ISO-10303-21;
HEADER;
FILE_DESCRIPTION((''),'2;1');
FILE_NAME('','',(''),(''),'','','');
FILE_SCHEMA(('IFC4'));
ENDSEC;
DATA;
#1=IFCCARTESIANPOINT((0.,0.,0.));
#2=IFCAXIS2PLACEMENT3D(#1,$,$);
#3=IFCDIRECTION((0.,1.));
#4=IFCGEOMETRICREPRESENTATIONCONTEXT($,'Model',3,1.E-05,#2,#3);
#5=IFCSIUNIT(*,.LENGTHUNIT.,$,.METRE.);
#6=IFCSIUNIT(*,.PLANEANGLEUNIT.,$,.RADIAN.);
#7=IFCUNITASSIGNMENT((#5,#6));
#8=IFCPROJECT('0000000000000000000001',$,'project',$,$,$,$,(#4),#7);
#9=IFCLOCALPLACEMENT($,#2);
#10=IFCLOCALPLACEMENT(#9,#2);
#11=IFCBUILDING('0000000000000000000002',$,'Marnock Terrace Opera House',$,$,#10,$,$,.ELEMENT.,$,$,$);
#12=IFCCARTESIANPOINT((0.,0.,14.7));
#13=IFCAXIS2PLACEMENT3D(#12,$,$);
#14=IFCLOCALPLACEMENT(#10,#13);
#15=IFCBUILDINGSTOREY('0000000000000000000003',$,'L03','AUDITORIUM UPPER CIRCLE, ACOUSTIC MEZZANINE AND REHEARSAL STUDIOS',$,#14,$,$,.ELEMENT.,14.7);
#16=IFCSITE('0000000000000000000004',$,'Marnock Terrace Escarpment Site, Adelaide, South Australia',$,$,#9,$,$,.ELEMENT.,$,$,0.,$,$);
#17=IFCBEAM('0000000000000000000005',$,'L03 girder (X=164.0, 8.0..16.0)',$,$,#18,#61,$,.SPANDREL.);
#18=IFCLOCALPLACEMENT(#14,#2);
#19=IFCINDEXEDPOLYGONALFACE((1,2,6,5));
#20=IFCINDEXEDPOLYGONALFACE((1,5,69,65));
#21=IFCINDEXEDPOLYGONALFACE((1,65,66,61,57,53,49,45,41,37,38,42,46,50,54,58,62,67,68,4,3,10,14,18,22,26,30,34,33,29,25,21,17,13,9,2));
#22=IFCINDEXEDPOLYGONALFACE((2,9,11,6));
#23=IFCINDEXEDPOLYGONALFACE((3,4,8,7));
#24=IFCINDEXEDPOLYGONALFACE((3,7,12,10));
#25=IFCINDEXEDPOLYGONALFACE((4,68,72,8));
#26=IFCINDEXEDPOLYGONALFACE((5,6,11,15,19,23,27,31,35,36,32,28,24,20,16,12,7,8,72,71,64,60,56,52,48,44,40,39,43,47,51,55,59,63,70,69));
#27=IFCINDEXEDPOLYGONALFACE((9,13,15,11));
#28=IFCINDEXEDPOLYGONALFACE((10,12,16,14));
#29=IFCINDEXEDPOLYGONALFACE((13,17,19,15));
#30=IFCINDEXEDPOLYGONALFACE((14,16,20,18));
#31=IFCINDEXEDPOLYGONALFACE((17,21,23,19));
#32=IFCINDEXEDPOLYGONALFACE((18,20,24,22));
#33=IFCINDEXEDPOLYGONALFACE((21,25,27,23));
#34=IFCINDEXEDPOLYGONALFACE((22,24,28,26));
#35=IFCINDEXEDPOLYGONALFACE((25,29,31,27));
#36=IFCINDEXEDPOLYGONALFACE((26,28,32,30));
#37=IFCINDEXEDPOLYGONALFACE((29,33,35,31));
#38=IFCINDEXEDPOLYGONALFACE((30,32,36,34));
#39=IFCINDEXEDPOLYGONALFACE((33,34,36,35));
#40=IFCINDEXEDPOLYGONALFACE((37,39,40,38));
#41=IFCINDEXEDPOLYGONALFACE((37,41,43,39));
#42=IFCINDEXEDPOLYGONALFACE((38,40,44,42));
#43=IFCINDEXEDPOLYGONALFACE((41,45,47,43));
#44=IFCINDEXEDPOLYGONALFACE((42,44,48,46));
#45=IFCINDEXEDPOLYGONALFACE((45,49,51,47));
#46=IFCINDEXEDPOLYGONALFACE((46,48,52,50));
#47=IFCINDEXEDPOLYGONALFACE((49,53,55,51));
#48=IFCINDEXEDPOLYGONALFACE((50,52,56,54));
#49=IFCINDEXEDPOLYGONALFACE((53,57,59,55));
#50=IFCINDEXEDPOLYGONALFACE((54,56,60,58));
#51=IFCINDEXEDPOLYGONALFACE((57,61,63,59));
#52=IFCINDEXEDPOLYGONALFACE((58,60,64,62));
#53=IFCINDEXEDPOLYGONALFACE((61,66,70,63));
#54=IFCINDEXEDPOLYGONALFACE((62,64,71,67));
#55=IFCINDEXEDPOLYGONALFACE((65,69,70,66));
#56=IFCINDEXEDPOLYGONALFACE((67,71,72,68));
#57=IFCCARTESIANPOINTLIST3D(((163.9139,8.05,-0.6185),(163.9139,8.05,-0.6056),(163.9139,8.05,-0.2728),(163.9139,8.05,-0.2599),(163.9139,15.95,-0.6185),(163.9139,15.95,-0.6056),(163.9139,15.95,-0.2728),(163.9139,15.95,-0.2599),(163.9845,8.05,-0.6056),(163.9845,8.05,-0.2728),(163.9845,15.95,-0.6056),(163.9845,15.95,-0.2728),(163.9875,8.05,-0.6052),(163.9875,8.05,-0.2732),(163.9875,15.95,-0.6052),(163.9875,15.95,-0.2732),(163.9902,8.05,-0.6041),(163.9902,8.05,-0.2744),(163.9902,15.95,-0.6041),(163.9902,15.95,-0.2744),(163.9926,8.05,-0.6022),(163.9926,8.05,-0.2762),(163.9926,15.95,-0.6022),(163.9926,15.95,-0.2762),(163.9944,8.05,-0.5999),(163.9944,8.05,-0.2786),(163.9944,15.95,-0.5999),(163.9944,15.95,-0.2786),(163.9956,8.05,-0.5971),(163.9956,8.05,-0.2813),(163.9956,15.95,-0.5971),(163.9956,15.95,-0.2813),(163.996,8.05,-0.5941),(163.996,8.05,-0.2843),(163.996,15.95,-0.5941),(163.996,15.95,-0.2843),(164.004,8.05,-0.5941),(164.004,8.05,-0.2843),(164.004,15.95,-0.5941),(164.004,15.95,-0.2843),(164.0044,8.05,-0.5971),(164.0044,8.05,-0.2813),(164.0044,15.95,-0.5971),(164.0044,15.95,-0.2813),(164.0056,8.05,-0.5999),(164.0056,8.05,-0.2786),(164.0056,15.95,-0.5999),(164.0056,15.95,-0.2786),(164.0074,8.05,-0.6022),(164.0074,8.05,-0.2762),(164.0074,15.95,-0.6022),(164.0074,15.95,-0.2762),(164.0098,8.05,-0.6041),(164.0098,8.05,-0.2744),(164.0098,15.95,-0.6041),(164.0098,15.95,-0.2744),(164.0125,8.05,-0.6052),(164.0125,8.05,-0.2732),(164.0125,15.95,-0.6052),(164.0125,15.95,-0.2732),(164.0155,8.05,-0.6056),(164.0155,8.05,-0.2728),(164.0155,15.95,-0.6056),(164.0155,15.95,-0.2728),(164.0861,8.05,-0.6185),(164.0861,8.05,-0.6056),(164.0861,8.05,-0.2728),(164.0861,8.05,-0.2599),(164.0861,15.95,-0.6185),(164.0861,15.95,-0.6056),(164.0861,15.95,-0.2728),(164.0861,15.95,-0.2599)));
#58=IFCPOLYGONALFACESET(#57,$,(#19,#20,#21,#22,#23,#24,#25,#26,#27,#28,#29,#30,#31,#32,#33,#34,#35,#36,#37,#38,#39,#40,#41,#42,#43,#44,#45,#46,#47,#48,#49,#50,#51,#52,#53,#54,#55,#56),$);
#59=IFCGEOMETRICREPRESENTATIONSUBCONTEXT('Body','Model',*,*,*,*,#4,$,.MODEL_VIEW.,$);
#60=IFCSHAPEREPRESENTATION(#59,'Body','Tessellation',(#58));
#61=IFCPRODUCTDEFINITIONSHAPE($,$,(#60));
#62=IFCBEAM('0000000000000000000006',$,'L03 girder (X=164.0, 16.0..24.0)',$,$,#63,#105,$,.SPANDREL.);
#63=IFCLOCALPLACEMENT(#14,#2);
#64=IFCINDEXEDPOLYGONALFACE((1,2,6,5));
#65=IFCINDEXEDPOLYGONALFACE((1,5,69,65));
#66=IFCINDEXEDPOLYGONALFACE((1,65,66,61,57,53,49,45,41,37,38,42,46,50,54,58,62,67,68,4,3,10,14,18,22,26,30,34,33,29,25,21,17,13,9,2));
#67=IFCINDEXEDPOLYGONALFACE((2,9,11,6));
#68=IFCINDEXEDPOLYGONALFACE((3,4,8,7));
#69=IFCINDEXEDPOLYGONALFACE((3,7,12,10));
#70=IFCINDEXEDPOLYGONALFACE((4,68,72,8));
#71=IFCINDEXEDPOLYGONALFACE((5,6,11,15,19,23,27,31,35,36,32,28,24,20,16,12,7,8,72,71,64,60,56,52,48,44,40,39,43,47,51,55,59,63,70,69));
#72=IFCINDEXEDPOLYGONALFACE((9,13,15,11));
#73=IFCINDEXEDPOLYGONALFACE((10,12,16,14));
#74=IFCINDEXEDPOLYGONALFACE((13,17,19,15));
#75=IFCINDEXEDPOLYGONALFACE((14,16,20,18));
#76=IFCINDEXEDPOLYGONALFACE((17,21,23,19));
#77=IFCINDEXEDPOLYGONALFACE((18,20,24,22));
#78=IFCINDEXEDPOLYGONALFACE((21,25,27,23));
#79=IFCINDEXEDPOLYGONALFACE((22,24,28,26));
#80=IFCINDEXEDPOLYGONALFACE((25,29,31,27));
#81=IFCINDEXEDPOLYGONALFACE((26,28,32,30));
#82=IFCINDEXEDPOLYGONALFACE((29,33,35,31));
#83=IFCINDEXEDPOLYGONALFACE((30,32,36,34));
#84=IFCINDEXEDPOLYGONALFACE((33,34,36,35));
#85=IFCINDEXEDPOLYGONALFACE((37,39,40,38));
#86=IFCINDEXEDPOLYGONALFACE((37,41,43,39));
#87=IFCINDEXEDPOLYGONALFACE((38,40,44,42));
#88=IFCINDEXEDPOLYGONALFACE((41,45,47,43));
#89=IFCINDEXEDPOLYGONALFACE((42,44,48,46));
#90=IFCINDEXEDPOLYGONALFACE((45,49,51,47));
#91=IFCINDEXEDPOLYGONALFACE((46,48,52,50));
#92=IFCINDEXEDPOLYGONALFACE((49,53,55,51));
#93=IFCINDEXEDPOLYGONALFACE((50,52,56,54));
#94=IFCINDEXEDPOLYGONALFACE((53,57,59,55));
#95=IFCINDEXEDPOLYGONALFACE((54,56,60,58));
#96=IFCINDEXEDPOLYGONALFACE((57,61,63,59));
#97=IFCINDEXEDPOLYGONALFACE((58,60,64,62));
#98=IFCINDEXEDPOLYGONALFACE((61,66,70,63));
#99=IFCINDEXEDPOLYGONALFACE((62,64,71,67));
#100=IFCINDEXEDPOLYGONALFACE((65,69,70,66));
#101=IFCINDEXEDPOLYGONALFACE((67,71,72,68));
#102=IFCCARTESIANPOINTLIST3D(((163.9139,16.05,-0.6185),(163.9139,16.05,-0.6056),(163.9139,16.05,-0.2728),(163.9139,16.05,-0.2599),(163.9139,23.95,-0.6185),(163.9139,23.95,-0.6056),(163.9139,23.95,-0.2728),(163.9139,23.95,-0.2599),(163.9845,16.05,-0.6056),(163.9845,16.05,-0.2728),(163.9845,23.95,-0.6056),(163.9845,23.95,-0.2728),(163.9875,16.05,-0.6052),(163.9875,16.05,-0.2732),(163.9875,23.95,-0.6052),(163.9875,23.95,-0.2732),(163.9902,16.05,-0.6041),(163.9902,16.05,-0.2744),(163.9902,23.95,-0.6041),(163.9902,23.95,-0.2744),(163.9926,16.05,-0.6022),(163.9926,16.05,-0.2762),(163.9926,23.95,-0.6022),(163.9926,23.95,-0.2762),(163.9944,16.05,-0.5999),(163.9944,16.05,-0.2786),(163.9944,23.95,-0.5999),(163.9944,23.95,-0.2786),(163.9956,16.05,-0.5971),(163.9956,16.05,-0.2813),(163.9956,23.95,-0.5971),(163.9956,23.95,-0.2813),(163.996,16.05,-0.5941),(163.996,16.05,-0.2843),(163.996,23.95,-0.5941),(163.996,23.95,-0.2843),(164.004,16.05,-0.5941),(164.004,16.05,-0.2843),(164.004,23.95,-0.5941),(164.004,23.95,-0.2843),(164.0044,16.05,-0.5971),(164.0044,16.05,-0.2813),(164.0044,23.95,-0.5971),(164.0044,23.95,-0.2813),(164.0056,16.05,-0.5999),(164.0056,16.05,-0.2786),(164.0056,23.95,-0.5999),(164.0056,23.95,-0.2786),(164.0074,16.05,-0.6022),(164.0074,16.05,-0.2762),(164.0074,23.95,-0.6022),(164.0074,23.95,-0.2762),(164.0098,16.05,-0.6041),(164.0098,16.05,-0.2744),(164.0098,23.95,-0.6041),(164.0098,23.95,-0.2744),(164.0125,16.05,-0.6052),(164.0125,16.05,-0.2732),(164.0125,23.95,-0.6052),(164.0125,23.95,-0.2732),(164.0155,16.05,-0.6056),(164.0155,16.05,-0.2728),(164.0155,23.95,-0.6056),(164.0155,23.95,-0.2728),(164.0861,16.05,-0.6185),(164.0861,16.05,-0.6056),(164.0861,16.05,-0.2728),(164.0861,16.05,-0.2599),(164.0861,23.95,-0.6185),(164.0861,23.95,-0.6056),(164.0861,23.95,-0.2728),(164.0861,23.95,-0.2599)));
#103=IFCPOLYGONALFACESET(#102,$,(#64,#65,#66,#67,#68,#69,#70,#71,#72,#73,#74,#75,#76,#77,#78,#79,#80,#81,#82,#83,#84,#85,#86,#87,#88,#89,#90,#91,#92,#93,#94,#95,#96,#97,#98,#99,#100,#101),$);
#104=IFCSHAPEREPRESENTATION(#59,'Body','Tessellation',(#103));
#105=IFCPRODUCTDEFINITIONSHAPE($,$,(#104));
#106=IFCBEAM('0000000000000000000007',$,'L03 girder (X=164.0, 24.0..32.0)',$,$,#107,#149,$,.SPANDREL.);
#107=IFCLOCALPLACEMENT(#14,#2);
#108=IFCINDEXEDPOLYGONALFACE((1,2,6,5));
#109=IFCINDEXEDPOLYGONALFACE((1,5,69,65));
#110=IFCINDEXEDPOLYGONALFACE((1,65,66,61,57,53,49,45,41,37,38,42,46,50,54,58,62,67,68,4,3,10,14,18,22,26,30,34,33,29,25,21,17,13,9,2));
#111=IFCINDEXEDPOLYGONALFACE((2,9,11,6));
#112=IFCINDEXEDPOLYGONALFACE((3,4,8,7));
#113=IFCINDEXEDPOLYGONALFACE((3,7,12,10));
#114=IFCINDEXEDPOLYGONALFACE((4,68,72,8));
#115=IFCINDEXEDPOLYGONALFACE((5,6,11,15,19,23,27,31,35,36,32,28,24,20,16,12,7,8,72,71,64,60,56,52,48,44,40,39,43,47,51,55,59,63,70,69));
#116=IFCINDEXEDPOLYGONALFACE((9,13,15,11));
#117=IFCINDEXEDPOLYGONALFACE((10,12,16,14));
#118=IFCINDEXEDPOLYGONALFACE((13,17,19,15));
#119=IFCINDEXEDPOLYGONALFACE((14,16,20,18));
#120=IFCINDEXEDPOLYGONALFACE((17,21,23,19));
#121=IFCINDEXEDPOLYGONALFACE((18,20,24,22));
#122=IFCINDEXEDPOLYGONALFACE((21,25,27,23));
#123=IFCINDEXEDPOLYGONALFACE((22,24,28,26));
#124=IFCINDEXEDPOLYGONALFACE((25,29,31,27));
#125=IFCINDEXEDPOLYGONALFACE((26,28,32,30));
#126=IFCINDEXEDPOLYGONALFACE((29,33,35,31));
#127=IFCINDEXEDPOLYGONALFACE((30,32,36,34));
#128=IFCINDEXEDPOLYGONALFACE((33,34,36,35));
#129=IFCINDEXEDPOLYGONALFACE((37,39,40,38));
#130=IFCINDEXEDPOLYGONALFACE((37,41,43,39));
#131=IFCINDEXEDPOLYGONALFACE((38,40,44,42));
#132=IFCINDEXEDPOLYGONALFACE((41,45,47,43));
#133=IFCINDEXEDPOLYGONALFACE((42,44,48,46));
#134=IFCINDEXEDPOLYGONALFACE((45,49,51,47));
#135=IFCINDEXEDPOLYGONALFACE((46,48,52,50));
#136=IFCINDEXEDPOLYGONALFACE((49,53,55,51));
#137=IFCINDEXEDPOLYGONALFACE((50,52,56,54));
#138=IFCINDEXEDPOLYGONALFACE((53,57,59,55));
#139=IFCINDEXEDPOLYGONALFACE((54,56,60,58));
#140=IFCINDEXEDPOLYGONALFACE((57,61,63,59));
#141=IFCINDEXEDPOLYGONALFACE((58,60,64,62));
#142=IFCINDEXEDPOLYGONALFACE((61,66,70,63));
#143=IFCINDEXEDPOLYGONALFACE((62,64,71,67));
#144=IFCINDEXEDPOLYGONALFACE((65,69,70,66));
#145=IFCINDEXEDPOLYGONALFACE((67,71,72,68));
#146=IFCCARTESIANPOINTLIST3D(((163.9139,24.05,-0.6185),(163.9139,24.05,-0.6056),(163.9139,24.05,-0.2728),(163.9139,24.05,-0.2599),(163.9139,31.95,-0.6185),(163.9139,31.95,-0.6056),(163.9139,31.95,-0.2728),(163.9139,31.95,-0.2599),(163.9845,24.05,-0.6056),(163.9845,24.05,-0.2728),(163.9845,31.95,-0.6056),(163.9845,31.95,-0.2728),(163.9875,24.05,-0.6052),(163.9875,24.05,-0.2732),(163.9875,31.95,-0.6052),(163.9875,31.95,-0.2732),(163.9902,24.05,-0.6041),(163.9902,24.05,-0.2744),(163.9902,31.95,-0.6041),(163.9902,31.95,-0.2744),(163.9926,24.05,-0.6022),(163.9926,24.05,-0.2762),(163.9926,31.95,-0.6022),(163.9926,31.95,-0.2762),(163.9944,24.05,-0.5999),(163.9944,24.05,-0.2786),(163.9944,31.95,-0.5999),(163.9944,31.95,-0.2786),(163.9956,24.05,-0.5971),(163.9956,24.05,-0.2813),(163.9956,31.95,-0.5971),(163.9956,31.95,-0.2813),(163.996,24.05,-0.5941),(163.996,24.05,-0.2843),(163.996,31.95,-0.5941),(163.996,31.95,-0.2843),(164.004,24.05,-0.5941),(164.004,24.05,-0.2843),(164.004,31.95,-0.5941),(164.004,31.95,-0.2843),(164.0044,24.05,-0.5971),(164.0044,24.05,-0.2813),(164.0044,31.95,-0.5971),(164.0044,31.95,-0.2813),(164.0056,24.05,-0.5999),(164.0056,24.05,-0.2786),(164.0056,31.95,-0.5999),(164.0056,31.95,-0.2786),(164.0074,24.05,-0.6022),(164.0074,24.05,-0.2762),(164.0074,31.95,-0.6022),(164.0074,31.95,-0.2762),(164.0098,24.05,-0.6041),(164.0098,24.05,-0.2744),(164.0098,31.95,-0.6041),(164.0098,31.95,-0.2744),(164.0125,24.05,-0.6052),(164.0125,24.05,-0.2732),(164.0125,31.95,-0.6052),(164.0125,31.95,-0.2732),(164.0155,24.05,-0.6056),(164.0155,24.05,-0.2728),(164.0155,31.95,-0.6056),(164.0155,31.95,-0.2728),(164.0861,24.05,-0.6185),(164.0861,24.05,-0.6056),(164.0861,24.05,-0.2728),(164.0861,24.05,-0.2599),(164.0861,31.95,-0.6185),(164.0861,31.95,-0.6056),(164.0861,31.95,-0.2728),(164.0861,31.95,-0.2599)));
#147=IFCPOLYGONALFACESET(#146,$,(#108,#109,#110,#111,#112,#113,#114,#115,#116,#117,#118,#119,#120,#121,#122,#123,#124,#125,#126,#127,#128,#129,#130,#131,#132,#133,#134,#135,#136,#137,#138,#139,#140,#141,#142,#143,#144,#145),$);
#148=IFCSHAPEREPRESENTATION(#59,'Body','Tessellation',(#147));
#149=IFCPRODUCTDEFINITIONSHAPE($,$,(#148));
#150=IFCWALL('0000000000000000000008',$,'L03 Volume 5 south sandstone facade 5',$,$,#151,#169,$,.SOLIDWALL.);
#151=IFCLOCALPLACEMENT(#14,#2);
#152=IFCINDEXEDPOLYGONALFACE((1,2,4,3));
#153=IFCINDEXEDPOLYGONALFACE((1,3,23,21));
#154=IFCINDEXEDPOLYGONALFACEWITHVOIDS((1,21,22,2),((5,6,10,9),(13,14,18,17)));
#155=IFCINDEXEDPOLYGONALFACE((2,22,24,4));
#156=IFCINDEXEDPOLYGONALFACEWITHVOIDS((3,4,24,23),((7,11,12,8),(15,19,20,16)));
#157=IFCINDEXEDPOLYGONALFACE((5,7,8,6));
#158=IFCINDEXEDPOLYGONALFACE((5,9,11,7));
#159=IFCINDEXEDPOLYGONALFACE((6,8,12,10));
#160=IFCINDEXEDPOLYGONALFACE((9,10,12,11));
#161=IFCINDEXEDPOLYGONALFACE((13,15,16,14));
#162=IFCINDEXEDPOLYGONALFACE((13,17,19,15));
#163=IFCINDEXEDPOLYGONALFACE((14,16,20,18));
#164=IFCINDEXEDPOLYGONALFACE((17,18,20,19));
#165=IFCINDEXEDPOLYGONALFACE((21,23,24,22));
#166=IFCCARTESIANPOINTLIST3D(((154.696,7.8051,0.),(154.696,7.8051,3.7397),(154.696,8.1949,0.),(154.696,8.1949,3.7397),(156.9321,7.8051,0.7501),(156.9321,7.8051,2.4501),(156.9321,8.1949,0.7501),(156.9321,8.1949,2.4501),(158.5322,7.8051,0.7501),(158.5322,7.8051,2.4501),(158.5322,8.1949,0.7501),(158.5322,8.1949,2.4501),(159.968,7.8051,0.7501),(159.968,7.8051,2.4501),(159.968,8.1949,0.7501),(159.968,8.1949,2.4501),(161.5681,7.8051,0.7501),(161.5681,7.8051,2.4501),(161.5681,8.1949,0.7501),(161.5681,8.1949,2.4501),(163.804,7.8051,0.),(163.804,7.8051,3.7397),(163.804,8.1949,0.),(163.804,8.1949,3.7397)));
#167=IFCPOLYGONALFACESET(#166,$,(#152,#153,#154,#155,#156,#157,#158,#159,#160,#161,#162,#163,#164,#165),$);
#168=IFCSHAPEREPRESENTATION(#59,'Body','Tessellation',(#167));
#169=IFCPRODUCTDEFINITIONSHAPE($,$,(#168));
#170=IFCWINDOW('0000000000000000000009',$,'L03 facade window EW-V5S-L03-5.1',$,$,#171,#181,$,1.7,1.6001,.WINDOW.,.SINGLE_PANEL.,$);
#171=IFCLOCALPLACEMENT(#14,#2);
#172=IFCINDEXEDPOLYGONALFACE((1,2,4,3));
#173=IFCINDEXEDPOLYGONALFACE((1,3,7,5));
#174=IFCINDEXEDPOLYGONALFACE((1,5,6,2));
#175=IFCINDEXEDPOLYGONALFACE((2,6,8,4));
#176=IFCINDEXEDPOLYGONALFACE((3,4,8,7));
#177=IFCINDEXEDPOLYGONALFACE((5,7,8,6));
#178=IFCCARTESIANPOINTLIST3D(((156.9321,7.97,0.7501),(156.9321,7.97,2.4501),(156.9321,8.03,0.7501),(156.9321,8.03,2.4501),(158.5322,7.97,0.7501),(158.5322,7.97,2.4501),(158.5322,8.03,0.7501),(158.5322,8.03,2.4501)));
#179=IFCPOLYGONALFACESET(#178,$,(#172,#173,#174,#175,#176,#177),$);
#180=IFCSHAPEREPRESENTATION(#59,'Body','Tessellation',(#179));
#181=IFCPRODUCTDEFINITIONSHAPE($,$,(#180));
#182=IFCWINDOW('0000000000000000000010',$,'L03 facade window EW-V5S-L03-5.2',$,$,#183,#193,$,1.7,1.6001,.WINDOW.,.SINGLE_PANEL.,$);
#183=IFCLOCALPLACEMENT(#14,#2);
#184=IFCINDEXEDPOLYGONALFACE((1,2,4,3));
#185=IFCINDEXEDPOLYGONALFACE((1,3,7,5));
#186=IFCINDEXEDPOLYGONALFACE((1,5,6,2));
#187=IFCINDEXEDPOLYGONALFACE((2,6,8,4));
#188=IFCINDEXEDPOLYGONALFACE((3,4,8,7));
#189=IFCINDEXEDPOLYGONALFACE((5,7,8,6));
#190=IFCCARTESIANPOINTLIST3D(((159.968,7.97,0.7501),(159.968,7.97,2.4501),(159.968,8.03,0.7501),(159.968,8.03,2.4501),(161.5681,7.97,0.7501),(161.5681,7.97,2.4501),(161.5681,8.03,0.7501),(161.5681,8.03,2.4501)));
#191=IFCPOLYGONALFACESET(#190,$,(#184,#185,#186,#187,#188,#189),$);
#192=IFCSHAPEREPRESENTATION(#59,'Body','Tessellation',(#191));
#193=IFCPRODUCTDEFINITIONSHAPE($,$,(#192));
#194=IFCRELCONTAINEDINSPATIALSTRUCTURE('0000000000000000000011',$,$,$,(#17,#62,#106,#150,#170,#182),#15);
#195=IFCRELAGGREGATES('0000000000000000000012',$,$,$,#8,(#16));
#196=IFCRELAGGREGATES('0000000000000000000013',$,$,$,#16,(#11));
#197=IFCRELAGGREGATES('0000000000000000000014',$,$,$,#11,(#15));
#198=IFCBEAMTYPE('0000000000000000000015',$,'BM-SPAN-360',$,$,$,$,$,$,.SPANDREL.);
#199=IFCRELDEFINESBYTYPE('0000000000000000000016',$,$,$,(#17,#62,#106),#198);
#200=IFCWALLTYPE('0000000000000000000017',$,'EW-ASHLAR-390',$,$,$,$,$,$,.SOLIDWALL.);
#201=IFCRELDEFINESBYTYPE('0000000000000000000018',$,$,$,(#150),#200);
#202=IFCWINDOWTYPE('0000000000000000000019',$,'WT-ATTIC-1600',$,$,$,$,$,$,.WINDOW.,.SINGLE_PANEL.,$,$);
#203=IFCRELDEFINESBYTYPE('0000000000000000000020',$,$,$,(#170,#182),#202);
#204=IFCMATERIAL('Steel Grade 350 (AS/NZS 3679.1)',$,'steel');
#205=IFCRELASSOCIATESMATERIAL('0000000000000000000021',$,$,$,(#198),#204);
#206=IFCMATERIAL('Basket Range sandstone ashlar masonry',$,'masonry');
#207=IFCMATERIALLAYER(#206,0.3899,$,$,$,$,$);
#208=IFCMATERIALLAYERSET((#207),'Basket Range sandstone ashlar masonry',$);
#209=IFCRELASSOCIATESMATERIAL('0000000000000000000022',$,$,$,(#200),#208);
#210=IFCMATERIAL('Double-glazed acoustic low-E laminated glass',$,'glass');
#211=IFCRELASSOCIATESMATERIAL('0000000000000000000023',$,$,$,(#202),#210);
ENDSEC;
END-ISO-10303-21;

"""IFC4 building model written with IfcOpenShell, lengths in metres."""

from ifc_helpers import new_model, si_unit, direction, frame, frame_2d, origin, origin_2d, place, context, subcontext, project, spatial, rectangle, i_section, extrude, material, layer, layer_set, material_profile, profile_set, type_object, element, fill, save


model = new_model("IFC4")

# Units and contexts
model_context = context("Model", 3, precision=1e-05, world=origin(), true_north=direction((0.0, 1.0)))
body_context = subcontext(model_context, "Body", "Model", "MODEL_VIEW")
ifc_project = project(units=[si_unit("LENGTHUNIT", "METRE"), si_unit("PLANEANGLEUNIT", "RADIAN")], contexts=[model_context])

# Site, building, storey
site_placement = place(None, origin())
site = spatial("IfcSite", under=ifc_project, at=site_placement, Name="Marnock Terrace Escarpment Site, Adelaide, South Australia", CompositionType="ELEMENT", RefElevation=0.0)
building_placement = place(site_placement, origin())
building = spatial("IfcBuilding", under=site, at=building_placement, Name="Marnock Terrace Opera House", CompositionType="ELEMENT")
storey_placement = place(building_placement, frame((0.0, 0.0, 14.7)))
storey = spatial("IfcBuildingStorey", under=building, at=storey_placement, Name="L03", Description="AUDITORIUM UPPER CIRCLE, ACOUSTIC MEZZANINE AND REHEARSAL STUDIOS", CompositionType="ELEMENT", Elevation=14.7)

# Beams
ifc_material_1 = material(Name="Steel Grade 350 (AS/NZS 3679.1)", Category="steel")
ifc_material_profile_1 = material_profile(ifc_material_1, i_section(OverallWidth=0.1721, OverallDepth=0.3586, WebThickness=0.0081, FlangeThickness=0.0129, FilletRadius=0.0115, at=origin_2d()))
ifc_profile_set_1 = profile_set([ifc_material_profile_1], Name="Steel Grade 350 (AS/NZS 3679.1)")
beam_type_1 = type_object("IfcBeamType", Name="BM-SPAN-360", PredefinedType="SPANDREL", material=ifc_profile_set_1)
for number, where, z_axis, x_axis, name in (
    (1, (164.0, 8.05, -0.4392), (0.0, 1.0, 0.0), (-1.0, 0.0, 0.0), "L03 girder (X=164.0, 8.0..16.0)"),
    (2, (164.0, 16.05, -0.4392), (0.0, 1.0, 0.0), (-1.0, 0.0, 0.0), "L03 girder (X=164.0, 16.0..24.0)"),
    (3, (164.0, 24.05, -0.4392), (0.0, 1.0, 0.0), (-1.0, 0.0, 0.0), "L03 girder (X=164.0, 24.0..32.0)"),
):
    element("IfcBeam", number, at=place(storey_placement, frame(where, z_axis=z_axis, x_axis=x_axis)), inside=storey, type_object=beam_type_1, Name=name, PredefinedType="SPANDREL", context=body_context, shape_type="SweptSolid", body=[
        extrude(i_section(OverallWidth=0.1721, OverallDepth=0.3586, WebThickness=0.0081, FlangeThickness=0.0129, FilletRadius=0.0115, at=origin_2d()), origin(), (0.0, 0.0, 1.0), 7.8999),
    ])

# Wall, openings, windows
ifc_material_2 = material(Name="Basket Range sandstone ashlar masonry", Category="masonry")
ifc_layer = layer(ifc_material_2, 0.3899)
ifc_layer_set = layer_set([ifc_layer], Name="Basket Range sandstone ashlar masonry")
wall_type = type_object("IfcWallType", Name="EW-ASHLAR-390", PredefinedType="SOLIDWALL", material=ifc_layer_set)
wall_1_placement = place(storey_placement, frame((154.696, 8.0, 0.0), z_axis=(0.0, 0.0, 1.0), x_axis=(1.0, 0.0, 0.0)))
wall_1 = element("IfcWall", 4, at=wall_1_placement, inside=storey, type_object=wall_type, Name="L03 Volume 5 south sandstone facade 5", PredefinedType="SOLIDWALL", context=body_context, shape_type="SweptSolid", body=[
    extrude(rectangle(XDim=9.1079, YDim=0.3899, at=frame_2d((4.554, 0.0))), origin(), (0.0, 0.0, 1.0), 3.7397),
])
opening_1_placement = place(wall_1_placement, frame((2.2361, 0.0, 0.75)))
opening_1 = element("IfcOpeningElement", 5, at=opening_1_placement, cuts=wall_1, PredefinedType="OPENING", context=body_context, shape_type="SweptSolid", body=[
    extrude(rectangle(XDim=1.6001, YDim=1.7, at=frame_2d((0.8, 0.8501))), frame((0.0, 0.2048, 0.0), z_axis=(0.0, -1.0, 0.0), x_axis=(1.0, 0.0, 0.0)), (0.0, 0.0, 1.0), 0.4099),
])
opening_2_placement = place(wall_1_placement, frame((5.272, 0.0, 0.75)))
opening_2 = element("IfcOpeningElement", 6, at=opening_2_placement, cuts=wall_1, PredefinedType="OPENING", context=body_context, shape_type="SweptSolid", body=[
    extrude(rectangle(XDim=1.6001, YDim=1.7, at=frame_2d((0.8, 0.8501))), frame((0.0, 0.2048, 0.0), z_axis=(0.0, -1.0, 0.0), x_axis=(1.0, 0.0, 0.0)), (0.0, 0.0, 1.0), 0.4099),
])
ifc_material_3 = material(Name="Double-glazed acoustic low-E laminated glass", Category="glass")
window_type = type_object("IfcWindowType", Name="WT-ATTIC-1600", PartitioningType="SINGLE_PANEL", PredefinedType="WINDOW", material=ifc_material_3)
window_1_placement = place(opening_1_placement, origin())
window_1 = element("IfcWindow", 7, at=window_1_placement, inside=storey, type_object=window_type, Name="L03 facade window EW-V5S-L03-5.1", OverallHeight=1.7, OverallWidth=1.6001, PartitioningType="SINGLE_PANEL", PredefinedType="WINDOW", context=body_context, shape_type="SweptSolid", body=[
    extrude(rectangle(XDim=1.6001, YDim=1.7, at=frame_2d((0.8, 0.8501))), frame((0.0, 0.03, 0.0), z_axis=(0.0, -1.0, 0.0), x_axis=(1.0, 0.0, 0.0)), (0.0, 0.0, 1.0), 0.0601),
])
fill(opening_1, window_1)
window_2_placement = place(opening_2_placement, origin())
window_2 = element("IfcWindow", 8, at=window_2_placement, inside=storey, type_object=window_type, Name="L03 facade window EW-V5S-L03-5.2", OverallHeight=1.7, OverallWidth=1.6001, PartitioningType="SINGLE_PANEL", PredefinedType="WINDOW", context=body_context, shape_type="SweptSolid", body=[
    extrude(rectangle(XDim=1.6001, YDim=1.7, at=frame_2d((0.8, 0.8501))), frame((0.0, 0.03, 0.0), z_axis=(0.0, -1.0, 0.0), x_axis=(1.0, 0.0, 0.0)), (0.0, 0.0, 1.0), 0.0601),
])
fill(opening_2, window_2)

save(model, "model.ifc")
